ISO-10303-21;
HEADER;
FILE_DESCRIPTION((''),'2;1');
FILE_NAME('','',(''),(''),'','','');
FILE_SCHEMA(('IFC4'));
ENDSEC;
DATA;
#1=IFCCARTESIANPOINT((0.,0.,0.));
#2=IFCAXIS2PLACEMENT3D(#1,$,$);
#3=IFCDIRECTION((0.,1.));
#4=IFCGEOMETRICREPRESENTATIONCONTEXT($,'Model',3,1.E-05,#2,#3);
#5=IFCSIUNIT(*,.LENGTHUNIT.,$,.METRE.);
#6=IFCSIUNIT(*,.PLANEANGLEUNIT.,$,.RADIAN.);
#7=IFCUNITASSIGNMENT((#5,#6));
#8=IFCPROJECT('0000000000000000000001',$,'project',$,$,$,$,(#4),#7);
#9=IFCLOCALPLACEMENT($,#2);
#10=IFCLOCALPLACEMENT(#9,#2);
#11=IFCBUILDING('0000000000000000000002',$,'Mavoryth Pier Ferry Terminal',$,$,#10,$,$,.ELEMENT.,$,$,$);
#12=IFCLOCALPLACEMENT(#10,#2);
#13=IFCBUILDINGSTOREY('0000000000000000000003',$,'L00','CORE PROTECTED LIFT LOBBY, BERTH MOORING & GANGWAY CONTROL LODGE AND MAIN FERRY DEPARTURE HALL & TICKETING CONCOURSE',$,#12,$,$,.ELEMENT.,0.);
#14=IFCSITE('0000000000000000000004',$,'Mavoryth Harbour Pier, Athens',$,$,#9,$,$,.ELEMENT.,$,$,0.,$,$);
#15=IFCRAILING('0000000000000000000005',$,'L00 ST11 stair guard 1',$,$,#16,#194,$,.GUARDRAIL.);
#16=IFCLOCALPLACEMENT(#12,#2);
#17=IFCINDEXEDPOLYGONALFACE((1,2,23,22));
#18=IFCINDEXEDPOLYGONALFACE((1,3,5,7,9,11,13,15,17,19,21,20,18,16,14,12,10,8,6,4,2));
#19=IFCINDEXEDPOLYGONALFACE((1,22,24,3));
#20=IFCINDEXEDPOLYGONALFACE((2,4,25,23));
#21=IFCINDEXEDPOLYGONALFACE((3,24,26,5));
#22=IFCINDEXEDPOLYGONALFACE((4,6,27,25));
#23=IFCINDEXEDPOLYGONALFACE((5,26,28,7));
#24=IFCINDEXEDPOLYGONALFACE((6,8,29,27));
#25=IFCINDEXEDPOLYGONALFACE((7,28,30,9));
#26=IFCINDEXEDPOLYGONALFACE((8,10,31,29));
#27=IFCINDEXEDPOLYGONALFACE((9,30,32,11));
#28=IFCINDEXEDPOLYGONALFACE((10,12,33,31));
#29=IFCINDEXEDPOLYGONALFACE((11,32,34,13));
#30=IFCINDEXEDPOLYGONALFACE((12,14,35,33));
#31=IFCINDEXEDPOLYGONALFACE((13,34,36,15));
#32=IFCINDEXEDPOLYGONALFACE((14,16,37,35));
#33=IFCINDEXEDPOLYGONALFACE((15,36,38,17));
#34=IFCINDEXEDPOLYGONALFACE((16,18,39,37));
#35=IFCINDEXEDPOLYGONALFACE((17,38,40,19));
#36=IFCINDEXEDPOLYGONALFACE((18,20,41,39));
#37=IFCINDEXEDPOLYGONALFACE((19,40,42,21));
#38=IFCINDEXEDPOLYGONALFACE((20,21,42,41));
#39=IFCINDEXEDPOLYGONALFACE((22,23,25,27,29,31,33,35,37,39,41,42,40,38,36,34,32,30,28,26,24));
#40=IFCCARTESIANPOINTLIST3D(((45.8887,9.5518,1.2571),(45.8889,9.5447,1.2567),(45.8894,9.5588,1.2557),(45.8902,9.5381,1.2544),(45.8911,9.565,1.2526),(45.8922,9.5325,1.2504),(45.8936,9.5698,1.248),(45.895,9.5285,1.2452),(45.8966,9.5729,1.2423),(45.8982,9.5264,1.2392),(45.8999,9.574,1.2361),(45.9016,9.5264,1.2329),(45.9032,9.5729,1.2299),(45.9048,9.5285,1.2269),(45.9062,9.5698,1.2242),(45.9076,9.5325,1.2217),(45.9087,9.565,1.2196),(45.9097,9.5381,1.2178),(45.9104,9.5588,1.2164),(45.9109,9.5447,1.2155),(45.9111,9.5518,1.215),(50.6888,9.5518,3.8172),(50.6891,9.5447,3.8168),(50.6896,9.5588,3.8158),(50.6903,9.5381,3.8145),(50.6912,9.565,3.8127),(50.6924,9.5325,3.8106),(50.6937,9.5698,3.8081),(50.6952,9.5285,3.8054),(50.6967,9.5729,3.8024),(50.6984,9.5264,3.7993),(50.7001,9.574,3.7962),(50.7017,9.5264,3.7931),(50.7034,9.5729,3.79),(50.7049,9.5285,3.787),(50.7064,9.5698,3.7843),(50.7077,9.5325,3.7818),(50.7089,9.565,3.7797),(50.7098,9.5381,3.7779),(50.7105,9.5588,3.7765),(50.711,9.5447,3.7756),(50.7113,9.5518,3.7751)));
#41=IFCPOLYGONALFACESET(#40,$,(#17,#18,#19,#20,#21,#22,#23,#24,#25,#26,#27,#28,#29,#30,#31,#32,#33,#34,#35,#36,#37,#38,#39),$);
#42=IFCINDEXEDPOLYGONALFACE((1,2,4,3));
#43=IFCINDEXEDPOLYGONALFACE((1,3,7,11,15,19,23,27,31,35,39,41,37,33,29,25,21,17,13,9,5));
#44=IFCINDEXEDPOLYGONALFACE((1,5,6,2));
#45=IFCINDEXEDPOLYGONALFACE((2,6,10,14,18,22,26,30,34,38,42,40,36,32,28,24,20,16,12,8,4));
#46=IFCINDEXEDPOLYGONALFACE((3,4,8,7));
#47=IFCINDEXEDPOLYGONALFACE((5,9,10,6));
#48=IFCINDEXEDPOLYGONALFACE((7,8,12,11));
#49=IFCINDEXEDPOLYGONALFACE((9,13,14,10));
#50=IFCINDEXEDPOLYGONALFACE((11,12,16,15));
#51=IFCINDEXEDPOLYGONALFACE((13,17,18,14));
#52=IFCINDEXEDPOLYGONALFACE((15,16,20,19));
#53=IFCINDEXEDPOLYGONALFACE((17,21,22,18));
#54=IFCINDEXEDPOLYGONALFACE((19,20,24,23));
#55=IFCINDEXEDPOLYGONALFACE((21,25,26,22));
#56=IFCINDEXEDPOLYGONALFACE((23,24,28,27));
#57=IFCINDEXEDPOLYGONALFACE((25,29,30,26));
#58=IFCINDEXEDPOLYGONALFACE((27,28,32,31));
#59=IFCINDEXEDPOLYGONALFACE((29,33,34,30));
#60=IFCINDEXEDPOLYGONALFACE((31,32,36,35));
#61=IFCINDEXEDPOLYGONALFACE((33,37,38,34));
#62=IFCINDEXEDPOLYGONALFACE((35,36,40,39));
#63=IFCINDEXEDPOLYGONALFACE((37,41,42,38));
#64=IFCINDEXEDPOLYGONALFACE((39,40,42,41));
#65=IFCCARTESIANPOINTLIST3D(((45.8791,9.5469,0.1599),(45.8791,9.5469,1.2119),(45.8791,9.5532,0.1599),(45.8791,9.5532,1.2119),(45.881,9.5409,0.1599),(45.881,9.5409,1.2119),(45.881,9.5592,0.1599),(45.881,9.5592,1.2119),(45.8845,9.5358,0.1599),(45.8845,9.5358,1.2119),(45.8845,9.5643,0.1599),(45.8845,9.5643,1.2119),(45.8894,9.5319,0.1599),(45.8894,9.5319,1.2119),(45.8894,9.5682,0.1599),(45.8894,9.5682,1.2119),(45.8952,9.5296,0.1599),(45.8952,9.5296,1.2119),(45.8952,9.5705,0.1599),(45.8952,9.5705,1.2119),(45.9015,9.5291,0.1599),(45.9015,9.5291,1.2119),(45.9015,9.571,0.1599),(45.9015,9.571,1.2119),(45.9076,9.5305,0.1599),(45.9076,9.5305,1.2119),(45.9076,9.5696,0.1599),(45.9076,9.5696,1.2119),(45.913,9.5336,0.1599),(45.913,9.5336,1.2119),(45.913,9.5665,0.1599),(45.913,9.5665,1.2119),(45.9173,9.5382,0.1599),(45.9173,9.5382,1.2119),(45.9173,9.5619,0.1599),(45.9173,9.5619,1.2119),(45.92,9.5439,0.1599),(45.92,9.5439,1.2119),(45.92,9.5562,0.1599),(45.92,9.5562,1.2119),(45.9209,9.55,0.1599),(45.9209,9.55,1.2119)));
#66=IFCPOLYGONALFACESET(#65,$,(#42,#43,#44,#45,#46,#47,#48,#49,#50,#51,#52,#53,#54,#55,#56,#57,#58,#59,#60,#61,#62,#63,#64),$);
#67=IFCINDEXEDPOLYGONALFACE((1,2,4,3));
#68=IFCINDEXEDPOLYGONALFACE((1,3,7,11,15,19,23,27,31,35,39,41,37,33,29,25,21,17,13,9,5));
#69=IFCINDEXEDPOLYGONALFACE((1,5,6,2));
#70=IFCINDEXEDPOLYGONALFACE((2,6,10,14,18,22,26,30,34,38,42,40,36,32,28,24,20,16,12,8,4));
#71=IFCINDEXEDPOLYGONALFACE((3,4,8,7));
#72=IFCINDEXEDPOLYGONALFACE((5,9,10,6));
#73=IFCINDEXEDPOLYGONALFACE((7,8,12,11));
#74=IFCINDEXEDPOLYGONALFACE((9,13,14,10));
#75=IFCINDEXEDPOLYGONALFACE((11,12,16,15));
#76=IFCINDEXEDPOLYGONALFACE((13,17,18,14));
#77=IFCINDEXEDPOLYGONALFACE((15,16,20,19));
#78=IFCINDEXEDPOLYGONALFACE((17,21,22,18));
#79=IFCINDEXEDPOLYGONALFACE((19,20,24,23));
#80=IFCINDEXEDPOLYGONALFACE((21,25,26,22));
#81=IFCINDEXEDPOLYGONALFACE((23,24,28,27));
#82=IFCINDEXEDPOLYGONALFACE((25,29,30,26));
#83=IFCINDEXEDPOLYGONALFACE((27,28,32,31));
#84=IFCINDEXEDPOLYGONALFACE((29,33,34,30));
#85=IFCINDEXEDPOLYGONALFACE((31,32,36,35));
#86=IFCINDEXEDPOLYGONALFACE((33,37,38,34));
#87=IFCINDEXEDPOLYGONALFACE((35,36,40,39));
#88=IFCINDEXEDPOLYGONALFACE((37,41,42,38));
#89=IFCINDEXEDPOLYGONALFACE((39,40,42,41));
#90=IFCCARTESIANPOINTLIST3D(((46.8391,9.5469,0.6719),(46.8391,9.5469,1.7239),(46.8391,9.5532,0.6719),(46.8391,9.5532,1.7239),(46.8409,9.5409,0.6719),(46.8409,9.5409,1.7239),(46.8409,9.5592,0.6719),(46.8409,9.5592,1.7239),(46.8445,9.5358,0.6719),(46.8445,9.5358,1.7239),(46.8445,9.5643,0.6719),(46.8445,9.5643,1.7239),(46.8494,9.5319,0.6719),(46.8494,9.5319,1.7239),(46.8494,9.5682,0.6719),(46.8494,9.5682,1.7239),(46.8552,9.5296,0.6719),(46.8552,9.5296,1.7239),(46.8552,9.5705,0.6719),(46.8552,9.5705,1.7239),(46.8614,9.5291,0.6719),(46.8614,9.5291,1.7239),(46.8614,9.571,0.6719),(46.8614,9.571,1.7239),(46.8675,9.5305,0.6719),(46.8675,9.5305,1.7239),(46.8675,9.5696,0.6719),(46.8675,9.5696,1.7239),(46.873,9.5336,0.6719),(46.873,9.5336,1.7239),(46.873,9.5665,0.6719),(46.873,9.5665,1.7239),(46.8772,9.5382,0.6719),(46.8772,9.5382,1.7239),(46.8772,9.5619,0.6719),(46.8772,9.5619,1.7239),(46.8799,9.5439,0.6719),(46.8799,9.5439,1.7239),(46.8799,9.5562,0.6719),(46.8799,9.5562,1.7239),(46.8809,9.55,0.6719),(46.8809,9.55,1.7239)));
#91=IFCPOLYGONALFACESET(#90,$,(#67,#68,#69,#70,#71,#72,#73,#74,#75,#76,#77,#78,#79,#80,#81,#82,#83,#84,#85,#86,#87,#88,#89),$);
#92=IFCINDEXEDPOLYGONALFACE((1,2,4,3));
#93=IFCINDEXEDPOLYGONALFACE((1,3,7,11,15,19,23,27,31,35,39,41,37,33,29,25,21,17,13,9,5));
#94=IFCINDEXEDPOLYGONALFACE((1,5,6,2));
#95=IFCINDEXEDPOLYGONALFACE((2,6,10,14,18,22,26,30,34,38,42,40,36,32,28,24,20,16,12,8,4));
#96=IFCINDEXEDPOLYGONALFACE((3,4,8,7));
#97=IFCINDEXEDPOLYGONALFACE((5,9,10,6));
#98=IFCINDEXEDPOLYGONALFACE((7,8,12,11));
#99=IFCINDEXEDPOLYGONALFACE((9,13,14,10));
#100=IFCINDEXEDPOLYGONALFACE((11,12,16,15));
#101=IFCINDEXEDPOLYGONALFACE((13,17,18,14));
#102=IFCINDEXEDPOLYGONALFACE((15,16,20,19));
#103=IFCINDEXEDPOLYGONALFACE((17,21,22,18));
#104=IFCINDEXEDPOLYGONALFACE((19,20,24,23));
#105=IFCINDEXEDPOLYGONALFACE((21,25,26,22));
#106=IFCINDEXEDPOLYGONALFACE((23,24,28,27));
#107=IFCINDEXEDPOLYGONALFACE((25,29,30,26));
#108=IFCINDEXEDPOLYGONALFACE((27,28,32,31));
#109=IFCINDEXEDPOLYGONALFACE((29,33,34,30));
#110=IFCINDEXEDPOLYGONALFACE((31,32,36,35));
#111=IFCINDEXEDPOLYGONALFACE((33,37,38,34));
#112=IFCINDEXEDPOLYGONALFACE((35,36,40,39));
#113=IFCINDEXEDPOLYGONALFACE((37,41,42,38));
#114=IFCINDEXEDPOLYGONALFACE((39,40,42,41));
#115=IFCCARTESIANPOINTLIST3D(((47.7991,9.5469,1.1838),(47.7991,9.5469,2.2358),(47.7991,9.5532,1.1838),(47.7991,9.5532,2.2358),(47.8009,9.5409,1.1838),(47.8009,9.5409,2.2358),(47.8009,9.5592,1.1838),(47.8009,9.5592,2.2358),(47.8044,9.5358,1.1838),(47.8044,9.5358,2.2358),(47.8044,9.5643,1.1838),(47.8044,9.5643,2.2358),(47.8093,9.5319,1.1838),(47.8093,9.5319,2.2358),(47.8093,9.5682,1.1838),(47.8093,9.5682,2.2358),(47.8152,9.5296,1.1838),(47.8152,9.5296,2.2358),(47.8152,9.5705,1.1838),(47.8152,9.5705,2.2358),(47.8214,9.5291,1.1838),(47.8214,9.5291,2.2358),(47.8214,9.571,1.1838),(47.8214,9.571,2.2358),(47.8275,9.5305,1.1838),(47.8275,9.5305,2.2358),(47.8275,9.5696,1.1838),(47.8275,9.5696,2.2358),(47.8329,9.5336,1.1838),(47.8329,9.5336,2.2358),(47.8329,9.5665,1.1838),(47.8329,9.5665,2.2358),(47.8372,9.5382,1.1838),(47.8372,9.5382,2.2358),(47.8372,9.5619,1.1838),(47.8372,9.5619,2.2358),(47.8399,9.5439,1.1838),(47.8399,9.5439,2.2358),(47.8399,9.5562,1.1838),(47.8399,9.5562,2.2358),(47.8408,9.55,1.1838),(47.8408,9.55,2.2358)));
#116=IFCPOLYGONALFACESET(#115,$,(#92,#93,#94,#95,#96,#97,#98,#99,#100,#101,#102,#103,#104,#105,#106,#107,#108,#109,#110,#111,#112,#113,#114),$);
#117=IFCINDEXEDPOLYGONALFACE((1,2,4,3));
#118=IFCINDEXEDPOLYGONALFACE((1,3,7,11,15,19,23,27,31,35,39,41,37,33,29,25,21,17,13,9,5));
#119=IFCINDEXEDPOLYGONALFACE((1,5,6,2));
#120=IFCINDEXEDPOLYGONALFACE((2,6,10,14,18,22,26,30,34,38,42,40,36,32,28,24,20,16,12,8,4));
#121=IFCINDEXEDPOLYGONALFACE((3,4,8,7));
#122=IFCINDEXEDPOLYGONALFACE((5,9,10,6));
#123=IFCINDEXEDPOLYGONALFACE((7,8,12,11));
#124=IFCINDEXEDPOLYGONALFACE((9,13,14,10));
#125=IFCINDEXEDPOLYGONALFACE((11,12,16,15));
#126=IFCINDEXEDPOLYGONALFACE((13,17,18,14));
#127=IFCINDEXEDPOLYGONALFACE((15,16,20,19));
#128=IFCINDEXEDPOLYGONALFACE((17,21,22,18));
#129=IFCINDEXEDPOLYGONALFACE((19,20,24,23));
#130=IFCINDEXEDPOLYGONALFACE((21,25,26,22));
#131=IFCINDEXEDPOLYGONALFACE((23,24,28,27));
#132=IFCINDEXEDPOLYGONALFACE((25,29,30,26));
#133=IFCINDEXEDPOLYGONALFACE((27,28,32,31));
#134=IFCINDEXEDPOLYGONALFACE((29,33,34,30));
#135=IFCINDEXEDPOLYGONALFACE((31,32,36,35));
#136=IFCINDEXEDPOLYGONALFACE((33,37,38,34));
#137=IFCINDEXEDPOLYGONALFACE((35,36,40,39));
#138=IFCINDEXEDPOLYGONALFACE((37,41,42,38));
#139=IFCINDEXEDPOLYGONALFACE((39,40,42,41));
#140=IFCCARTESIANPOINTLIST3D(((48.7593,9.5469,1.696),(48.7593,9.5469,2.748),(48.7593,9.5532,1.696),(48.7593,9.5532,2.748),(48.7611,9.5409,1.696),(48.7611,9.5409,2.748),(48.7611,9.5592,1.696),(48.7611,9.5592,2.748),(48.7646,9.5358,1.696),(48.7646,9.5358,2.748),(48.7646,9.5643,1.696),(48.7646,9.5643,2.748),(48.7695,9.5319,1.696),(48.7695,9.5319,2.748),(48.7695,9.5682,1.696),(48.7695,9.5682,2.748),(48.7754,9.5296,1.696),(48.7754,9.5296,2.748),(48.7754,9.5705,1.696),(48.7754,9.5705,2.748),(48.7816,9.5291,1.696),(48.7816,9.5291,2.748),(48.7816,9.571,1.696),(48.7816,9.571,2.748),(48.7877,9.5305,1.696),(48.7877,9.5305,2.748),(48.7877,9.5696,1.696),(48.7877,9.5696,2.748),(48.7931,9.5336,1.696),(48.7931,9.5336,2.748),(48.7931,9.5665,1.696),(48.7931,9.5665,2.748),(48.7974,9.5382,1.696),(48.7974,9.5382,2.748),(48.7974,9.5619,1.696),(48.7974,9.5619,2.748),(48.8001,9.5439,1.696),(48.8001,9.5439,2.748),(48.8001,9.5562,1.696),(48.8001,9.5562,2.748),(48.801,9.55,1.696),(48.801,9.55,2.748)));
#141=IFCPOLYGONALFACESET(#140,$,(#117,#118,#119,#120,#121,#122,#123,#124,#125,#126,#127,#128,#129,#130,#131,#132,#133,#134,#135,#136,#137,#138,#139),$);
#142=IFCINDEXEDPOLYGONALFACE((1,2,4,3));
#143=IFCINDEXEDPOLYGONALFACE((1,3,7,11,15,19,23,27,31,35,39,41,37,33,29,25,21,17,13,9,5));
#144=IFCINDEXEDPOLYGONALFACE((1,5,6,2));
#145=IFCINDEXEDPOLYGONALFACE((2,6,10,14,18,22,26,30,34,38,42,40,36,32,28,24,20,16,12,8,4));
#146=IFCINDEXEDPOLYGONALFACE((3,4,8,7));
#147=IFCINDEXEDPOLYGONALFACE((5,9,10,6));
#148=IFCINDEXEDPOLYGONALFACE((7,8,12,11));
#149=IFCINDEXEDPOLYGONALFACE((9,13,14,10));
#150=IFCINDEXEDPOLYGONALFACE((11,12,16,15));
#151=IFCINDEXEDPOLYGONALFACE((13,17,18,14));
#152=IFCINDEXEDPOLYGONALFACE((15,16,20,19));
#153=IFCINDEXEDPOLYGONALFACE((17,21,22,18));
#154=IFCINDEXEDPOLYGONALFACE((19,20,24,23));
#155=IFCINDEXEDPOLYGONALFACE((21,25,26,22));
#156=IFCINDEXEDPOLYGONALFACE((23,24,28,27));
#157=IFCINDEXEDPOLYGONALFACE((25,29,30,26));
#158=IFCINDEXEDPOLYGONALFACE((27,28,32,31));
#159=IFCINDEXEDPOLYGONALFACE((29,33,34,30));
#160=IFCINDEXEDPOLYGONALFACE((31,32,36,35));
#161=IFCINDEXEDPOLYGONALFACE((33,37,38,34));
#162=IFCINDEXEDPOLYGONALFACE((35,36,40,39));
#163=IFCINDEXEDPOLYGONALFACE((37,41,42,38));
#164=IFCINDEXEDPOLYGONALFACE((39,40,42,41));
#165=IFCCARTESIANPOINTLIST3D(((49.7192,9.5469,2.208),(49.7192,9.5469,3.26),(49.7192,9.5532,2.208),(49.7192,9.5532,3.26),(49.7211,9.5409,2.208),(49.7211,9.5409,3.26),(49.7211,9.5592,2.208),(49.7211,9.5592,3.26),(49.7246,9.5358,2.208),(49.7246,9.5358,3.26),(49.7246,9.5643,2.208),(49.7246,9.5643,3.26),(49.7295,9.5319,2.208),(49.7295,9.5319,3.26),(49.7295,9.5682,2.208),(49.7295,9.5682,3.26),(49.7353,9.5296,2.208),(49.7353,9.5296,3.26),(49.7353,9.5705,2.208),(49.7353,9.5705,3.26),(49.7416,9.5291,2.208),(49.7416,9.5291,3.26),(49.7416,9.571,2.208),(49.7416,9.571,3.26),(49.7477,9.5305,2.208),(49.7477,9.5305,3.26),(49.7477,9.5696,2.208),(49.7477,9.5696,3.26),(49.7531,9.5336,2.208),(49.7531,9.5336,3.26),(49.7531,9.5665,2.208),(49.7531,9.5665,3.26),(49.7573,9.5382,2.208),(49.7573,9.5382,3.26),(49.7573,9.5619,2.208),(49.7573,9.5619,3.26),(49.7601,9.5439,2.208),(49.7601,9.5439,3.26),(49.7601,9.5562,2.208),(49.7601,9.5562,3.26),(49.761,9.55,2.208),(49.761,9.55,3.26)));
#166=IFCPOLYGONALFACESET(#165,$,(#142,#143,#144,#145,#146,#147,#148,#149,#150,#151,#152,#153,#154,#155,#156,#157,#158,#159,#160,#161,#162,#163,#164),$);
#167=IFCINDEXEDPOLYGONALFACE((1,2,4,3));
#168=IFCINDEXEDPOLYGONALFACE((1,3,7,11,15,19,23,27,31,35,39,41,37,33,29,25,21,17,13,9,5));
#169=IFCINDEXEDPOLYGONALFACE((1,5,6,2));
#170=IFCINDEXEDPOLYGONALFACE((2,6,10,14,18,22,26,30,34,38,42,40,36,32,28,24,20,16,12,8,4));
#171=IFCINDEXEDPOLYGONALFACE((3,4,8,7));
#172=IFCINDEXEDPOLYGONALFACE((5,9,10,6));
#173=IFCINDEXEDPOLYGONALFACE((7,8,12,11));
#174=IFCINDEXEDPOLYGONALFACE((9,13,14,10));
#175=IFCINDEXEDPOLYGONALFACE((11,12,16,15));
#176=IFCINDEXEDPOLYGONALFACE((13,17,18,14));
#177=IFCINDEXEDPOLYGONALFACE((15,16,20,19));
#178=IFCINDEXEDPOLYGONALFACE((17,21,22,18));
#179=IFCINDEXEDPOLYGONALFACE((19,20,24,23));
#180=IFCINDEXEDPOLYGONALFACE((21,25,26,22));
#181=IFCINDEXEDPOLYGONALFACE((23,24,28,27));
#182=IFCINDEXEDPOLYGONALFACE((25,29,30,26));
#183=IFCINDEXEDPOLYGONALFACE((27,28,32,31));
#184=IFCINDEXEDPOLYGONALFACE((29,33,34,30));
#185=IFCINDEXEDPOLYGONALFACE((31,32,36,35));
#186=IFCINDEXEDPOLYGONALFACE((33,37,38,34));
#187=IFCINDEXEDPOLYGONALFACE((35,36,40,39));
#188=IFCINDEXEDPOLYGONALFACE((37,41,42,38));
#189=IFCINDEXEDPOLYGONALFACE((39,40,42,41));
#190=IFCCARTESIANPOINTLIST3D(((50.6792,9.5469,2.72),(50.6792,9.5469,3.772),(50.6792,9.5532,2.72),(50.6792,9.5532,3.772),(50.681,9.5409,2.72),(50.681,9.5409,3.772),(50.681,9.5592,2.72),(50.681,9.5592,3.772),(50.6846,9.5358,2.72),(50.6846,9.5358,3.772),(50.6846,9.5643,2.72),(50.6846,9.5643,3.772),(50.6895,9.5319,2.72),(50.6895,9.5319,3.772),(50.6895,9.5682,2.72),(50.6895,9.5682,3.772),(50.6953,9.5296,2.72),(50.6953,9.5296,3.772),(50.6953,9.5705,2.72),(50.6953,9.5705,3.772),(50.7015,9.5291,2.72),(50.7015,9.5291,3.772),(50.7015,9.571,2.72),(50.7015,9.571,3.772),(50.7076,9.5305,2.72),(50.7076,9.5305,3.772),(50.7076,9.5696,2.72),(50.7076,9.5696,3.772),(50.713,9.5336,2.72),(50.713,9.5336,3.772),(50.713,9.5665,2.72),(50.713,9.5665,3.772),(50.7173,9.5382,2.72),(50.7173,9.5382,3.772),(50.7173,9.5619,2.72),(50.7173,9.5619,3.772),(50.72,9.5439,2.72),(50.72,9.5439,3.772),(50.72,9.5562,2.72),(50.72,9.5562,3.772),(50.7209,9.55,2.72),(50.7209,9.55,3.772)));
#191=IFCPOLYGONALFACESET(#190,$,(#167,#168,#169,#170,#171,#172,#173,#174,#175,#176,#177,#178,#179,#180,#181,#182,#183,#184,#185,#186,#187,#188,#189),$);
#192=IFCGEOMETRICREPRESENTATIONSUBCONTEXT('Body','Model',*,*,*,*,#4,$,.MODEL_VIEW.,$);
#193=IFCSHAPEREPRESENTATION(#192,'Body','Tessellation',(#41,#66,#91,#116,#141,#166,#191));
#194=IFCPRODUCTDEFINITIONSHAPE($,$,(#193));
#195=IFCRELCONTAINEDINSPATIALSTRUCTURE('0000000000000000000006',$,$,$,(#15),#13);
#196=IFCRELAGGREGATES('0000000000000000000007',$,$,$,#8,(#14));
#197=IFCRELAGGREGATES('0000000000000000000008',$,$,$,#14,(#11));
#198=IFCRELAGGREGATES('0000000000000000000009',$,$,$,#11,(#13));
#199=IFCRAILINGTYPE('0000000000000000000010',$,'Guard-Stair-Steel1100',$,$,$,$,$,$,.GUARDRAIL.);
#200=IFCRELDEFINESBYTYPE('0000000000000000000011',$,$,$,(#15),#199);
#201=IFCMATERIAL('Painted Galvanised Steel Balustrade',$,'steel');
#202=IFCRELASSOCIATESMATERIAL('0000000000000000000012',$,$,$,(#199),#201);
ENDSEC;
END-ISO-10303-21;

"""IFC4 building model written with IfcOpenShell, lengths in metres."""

from ifc_helpers import new_model, si_unit, direction, frame, origin, origin_2d, place, context, subcontext, project, spatial, circle, extrude, material, type_object, element, save


model = new_model("IFC4")

# Units and contexts
model_context = context("Model", 3, precision=1e-05, world=origin(), true_north=direction((0.0, 1.0)))
body_context = subcontext(model_context, "Body", "Model", "MODEL_VIEW")
ifc_project = project(units=[si_unit("LENGTHUNIT", "METRE"), si_unit("PLANEANGLEUNIT", "RADIAN")], contexts=[model_context])

# Site, building, storey
site_placement = place(None, origin())
site = spatial("IfcSite", under=ifc_project, at=site_placement, Name="Mavoryth Harbour Pier, Athens", CompositionType="ELEMENT", RefElevation=0.0)
building_placement = place(site_placement, origin())
building = spatial("IfcBuilding", under=site, at=building_placement, Name="Mavoryth Pier Ferry Terminal", CompositionType="ELEMENT")
storey_placement = place(building_placement, origin())
storey = spatial("IfcBuildingStorey", under=building, at=storey_placement, Name="L00", Description="CORE PROTECTED LIFT LOBBY, BERTH MOORING & GANGWAY CONTROL LODGE AND MAIN FERRY DEPARTURE HALL & TICKETING CONCOURSE", CompositionType="ELEMENT", Elevation=0.0)

# Railing
ifc_material_1 = material(Name="Painted Galvanised Steel Balustrade", Category="steel")
railing_type_1 = type_object("IfcRailingType", Name="Guard-Stair-Steel1100", PredefinedType="GUARDRAIL", material=ifc_material_1)
railing_1_placement = place(storey_placement, frame((45.8999, 9.55, 0.1599)))
element("IfcRailing", 1, at=railing_1_placement, inside=storey, type_object=railing_type_1, Name="L00 ST11 stair guard 1", PredefinedType="GUARDRAIL", context=body_context, shape_type="SweptSolid", body=[
    extrude(circle(Radius=0.0239, at=origin_2d()), frame((0.0, 0.0, 1.0762), z_axis=(0.88235, 0.0, 0.470593), x_axis=(0.0, 1.0, 0.0)), (0.0, 0.0, 1.0), 5.4402),
    extrude(circle(Radius=0.021, at=origin_2d()), origin(), (0.0, 0.0, 1.0), 1.052),
    extrude(circle(Radius=0.021, at=origin_2d()), frame((0.96, 0.0, 0.512)), (0.0, 0.0, 1.0), 1.052),
    extrude(circle(Radius=0.021, at=origin_2d()), frame((1.9199, 0.0, 1.0239)), (0.0, 0.0, 1.0), 1.052),
    extrude(circle(Radius=0.021, at=origin_2d()), frame((2.8801, 0.0, 1.5361)), (0.0, 0.0, 1.0), 1.052),
    extrude(circle(Radius=0.021, at=origin_2d()), frame((3.8401, 0.0, 2.0481)), (0.0, 0.0, 1.0), 1.052),
    extrude(circle(Radius=0.021, at=origin_2d()), frame((4.8, 0.0, 2.5601)), (0.0, 0.0, 1.0), 1.052),
])

save(model, "model.ifc")
